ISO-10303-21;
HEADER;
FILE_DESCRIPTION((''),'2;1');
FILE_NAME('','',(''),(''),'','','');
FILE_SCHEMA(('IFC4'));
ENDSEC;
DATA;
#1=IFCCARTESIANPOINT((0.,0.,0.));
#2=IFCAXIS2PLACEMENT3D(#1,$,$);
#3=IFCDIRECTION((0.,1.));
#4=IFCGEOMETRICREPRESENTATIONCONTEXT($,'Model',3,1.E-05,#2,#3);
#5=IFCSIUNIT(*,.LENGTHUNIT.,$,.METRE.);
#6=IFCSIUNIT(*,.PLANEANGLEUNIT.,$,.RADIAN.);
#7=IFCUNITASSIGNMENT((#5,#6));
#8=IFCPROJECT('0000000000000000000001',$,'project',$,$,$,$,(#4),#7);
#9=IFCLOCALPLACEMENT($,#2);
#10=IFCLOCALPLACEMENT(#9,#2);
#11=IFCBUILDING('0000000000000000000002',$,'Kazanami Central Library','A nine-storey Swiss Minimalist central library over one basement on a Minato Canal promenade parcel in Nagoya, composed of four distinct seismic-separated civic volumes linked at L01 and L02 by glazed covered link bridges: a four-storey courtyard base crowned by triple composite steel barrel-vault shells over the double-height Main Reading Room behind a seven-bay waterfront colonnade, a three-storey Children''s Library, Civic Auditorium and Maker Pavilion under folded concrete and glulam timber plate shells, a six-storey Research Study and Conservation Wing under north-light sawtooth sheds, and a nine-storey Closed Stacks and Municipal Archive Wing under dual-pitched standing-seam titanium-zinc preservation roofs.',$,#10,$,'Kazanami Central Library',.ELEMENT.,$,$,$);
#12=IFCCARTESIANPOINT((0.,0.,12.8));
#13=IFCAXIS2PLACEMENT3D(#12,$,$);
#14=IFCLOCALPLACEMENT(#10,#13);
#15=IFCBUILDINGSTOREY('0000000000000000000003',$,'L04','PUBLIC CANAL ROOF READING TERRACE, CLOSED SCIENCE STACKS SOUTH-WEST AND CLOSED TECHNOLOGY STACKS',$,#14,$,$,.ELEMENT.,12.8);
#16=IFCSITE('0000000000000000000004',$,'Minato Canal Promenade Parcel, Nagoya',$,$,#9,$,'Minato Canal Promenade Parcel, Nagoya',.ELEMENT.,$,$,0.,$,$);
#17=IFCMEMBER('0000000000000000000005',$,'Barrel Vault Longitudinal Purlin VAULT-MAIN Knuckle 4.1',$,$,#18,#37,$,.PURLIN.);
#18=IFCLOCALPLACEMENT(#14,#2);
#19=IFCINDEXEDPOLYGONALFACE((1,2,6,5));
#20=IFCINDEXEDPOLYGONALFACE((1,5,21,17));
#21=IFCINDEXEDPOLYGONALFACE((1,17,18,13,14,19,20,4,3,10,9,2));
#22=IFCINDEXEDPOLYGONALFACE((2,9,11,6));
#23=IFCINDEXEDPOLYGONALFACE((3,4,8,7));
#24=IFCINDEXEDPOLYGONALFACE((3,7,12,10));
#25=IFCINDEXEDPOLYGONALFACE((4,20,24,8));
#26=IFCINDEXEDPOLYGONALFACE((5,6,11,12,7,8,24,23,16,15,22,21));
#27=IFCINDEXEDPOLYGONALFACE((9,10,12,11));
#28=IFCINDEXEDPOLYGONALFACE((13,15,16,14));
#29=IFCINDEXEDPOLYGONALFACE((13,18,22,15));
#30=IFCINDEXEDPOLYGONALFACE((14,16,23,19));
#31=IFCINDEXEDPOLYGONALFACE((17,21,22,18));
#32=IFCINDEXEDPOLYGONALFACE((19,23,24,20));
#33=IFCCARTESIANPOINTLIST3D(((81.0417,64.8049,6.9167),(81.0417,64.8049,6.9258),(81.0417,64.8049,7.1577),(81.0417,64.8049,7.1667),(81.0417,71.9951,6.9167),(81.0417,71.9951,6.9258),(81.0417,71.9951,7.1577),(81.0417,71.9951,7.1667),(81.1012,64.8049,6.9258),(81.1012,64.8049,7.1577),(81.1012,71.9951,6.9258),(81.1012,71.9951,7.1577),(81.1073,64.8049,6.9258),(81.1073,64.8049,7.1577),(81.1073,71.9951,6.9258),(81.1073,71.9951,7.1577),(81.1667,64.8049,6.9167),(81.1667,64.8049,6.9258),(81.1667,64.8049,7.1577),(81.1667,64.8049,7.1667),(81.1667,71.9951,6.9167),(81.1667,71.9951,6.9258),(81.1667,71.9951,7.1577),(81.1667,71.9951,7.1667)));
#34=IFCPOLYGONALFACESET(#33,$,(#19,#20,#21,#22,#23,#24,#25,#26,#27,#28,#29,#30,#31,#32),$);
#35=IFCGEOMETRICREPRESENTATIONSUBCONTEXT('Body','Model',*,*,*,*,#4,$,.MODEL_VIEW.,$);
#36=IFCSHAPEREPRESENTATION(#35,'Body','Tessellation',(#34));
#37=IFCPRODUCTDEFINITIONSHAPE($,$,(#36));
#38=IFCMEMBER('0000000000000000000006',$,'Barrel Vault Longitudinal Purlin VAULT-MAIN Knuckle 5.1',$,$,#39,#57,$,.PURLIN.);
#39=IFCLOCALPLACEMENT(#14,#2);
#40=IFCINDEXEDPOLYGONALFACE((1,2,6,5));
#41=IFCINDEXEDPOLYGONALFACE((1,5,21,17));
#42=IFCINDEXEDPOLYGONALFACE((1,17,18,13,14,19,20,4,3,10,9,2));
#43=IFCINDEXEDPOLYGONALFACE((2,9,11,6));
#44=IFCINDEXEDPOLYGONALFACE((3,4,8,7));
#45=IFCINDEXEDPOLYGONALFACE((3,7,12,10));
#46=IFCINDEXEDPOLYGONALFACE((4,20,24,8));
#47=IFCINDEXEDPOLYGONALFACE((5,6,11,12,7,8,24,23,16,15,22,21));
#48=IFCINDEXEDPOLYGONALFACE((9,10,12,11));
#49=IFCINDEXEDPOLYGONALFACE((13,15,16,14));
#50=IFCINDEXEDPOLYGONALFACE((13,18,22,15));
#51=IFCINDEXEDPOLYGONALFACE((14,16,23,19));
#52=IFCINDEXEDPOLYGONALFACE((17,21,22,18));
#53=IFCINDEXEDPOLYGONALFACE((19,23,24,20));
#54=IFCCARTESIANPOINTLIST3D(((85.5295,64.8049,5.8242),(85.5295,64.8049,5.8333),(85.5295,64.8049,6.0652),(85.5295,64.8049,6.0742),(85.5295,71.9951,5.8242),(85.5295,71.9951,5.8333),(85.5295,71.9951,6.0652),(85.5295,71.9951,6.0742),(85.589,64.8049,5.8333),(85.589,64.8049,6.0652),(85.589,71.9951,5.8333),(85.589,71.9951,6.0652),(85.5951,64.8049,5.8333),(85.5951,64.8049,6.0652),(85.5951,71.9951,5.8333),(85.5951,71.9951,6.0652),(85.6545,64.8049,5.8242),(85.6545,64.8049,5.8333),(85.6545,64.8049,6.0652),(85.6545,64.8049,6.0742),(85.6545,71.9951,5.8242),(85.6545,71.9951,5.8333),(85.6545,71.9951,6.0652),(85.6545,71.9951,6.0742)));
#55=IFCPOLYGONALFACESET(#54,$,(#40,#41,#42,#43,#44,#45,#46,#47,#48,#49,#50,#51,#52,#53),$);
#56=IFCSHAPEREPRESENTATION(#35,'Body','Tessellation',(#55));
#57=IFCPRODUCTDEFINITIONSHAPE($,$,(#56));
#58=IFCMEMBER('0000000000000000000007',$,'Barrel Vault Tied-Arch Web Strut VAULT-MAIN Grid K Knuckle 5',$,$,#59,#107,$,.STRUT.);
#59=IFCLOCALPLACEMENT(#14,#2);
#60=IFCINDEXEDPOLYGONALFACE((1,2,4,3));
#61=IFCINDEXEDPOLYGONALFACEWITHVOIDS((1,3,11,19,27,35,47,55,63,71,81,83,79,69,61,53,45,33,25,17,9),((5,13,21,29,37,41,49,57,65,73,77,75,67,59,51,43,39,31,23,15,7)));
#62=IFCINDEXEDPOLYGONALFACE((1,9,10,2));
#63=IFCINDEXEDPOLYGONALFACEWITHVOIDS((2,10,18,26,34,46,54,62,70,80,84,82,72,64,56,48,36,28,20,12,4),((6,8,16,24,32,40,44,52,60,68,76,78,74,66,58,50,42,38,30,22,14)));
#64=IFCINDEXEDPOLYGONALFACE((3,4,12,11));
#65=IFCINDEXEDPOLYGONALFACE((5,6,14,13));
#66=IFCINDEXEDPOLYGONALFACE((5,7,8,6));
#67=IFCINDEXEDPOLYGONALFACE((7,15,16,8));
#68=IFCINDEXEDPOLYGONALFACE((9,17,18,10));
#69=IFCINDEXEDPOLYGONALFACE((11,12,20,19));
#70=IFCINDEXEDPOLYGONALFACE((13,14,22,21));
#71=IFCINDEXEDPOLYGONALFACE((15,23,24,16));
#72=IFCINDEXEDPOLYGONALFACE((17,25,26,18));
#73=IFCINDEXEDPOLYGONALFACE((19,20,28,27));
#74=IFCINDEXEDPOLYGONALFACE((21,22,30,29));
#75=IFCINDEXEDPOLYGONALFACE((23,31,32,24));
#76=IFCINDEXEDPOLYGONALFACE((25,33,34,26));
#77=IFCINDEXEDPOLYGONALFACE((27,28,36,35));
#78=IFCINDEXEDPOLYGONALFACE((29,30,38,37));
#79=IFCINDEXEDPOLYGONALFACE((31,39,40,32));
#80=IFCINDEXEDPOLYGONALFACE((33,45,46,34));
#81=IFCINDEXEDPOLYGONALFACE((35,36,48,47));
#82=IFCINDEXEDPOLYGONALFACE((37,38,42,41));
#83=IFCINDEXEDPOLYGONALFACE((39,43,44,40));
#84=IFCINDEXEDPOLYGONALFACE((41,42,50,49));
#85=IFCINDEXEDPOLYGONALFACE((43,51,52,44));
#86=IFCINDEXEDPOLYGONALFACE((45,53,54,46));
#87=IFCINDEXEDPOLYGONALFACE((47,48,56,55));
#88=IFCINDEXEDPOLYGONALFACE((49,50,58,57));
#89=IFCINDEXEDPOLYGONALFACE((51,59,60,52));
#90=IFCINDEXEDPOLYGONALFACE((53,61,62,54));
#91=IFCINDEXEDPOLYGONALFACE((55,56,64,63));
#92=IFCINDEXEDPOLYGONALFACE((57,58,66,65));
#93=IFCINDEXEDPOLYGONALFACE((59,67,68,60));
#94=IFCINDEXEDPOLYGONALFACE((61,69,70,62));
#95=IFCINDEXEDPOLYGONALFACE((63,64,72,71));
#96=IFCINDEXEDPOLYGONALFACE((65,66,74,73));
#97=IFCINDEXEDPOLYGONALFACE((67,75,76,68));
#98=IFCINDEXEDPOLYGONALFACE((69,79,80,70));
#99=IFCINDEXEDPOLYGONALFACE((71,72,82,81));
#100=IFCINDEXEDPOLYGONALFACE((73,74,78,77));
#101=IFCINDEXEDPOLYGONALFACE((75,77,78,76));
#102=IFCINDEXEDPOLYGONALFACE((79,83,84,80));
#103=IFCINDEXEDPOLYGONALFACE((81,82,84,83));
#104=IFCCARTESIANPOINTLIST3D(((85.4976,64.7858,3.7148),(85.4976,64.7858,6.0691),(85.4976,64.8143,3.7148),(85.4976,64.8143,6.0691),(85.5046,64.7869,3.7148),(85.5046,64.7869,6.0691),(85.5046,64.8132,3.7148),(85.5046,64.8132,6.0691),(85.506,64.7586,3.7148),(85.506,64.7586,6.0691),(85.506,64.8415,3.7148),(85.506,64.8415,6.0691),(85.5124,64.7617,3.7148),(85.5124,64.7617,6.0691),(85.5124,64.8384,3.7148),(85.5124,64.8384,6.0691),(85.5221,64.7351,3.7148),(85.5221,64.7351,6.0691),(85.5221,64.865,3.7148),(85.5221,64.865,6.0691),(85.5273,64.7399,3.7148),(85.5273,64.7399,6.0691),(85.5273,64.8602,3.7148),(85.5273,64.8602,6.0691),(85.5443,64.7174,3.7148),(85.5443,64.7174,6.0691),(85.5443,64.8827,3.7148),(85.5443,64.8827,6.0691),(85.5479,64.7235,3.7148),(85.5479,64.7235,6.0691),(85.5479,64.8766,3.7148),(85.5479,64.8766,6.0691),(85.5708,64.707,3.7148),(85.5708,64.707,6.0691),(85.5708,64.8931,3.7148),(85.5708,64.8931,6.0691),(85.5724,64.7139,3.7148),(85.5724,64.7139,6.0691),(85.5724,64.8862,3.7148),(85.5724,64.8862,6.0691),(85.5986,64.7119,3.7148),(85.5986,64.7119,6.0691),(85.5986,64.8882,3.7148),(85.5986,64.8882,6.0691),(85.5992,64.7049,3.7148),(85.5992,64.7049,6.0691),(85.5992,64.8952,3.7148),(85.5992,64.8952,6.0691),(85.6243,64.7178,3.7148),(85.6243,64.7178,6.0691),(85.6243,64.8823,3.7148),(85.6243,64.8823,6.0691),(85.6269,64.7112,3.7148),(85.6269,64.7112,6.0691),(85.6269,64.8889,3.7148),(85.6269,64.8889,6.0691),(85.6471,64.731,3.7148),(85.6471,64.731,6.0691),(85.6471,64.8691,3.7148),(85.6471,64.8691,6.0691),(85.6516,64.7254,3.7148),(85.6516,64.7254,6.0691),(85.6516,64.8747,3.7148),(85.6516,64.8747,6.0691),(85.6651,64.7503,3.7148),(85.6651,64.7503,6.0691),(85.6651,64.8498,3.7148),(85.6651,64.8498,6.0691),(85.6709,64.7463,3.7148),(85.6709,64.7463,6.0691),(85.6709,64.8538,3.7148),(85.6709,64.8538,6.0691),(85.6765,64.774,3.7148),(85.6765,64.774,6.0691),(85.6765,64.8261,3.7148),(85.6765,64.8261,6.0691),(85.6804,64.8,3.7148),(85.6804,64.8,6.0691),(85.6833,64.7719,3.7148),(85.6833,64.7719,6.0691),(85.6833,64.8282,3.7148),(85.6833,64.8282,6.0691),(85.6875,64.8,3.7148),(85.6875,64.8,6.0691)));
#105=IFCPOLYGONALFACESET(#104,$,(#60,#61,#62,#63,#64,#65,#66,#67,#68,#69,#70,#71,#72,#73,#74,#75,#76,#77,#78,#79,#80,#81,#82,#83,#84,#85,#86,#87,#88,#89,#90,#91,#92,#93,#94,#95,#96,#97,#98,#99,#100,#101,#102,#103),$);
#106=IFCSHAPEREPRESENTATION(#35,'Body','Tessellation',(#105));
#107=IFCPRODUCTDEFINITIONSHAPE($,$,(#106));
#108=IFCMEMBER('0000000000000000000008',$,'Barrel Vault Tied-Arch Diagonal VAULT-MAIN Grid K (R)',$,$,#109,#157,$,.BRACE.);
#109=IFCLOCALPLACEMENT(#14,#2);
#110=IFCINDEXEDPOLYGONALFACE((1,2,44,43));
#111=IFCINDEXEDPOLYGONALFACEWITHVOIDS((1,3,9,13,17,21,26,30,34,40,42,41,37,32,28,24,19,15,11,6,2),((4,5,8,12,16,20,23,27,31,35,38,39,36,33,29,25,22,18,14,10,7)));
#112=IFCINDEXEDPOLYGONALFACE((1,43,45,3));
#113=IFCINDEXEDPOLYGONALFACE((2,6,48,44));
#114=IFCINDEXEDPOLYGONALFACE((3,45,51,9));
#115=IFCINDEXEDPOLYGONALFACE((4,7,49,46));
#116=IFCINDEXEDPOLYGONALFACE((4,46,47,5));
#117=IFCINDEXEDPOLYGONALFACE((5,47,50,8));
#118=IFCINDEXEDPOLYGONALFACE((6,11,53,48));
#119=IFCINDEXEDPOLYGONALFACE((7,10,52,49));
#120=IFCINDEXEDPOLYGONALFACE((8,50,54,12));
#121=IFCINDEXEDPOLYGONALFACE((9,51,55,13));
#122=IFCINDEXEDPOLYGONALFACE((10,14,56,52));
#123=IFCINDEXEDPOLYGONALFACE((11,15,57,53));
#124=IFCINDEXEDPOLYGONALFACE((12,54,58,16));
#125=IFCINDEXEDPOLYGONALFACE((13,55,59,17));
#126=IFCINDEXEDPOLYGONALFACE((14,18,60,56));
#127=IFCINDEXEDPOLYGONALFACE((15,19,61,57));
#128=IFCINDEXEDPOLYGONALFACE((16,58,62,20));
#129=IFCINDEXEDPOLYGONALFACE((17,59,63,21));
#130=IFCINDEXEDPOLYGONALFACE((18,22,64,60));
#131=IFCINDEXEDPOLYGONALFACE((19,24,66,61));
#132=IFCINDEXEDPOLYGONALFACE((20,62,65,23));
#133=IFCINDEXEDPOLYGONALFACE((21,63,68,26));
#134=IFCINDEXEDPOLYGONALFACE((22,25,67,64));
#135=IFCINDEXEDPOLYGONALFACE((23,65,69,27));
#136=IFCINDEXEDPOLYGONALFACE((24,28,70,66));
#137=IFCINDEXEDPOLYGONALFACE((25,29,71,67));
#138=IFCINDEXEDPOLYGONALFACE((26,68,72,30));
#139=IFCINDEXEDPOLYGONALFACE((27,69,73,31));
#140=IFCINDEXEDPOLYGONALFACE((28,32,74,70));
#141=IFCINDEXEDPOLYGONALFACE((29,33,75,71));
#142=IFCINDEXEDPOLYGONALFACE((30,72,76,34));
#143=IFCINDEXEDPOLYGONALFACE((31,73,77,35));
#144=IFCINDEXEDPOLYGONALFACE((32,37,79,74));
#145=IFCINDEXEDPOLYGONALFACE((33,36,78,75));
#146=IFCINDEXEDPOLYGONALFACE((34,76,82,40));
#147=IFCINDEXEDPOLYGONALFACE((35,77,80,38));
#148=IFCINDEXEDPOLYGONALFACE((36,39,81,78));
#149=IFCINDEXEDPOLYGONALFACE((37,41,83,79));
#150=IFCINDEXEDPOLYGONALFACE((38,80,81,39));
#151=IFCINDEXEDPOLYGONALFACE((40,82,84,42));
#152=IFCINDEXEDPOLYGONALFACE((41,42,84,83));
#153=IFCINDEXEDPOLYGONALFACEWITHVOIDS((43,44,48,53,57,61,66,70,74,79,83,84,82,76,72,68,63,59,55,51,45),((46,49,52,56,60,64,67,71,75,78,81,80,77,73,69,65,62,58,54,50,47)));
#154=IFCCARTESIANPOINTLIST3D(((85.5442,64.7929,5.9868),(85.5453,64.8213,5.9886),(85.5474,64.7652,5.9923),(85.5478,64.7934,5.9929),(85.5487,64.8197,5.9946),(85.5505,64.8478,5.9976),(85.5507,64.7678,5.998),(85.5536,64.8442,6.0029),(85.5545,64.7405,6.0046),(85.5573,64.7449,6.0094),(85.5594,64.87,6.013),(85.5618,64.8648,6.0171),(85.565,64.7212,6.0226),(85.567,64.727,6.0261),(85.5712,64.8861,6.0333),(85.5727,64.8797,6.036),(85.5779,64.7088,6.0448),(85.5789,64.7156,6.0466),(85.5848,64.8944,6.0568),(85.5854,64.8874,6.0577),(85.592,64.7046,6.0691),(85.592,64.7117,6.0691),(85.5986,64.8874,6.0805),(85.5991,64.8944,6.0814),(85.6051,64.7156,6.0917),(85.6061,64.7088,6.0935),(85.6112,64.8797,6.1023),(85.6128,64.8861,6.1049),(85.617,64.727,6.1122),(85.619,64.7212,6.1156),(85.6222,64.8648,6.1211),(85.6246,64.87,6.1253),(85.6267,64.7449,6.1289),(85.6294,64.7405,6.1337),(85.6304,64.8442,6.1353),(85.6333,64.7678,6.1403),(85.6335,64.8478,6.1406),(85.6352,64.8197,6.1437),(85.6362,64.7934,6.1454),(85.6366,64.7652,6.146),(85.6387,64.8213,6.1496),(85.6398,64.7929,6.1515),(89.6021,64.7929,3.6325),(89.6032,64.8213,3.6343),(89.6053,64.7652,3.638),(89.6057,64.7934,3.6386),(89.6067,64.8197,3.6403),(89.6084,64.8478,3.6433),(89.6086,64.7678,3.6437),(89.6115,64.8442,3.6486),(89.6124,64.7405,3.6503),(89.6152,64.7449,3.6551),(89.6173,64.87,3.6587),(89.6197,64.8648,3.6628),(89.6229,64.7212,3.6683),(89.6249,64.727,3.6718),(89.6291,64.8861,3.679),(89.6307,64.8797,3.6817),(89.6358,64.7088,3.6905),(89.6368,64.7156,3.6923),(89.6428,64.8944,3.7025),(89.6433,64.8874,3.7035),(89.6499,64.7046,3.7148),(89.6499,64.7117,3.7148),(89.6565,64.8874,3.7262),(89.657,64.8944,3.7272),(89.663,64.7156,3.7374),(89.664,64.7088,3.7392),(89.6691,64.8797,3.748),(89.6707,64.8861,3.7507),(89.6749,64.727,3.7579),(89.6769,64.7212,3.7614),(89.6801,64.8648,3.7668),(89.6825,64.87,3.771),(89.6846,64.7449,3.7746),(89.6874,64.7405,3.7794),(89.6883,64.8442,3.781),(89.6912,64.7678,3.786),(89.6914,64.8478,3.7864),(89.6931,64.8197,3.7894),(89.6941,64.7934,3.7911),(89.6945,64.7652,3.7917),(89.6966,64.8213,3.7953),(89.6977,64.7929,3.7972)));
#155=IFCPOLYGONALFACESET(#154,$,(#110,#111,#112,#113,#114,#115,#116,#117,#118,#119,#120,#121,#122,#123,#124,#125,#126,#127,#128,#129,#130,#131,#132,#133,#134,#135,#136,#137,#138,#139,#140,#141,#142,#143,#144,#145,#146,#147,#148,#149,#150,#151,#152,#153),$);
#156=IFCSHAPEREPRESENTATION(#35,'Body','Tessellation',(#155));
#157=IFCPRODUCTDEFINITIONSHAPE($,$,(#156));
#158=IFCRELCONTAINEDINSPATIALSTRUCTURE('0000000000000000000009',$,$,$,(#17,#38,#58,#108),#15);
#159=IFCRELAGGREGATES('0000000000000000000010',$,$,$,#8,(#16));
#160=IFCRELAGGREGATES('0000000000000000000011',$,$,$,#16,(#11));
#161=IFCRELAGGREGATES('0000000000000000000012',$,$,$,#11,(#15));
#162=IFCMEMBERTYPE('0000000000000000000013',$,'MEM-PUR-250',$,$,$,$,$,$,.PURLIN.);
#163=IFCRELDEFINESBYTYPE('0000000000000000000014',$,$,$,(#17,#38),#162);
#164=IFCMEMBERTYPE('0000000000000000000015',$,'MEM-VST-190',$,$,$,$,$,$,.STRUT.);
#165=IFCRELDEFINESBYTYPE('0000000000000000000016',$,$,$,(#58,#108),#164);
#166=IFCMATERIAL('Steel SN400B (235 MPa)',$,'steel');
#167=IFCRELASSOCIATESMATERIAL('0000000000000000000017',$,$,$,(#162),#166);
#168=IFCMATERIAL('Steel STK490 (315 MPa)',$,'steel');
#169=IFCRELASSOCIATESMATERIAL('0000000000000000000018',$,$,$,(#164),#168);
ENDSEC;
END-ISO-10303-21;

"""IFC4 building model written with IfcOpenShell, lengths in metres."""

from ifc_helpers import new_model, si_unit, direction, frame, origin, origin_2d, place, context, subcontext, project, spatial, hollow_circle, i_section, extrude, material, material_profile, profile_set, type_object, element, save


model = new_model("IFC4")

# Units and contexts
model_context = context("Model", 3, precision=1e-05, world=origin(), true_north=direction((0.0, 1.0)))
body_context = subcontext(model_context, "Body", "Model", "MODEL_VIEW")
ifc_project = project(units=[si_unit("LENGTHUNIT", "METRE"), si_unit("PLANEANGLEUNIT", "RADIAN")], contexts=[model_context])

# Site, building, storey
site_placement = place(None, origin())
site = spatial("IfcSite", under=ifc_project, at=site_placement, Name="Minato Canal Promenade Parcel, Nagoya", LongName="Minato Canal Promenade Parcel, Nagoya", CompositionType="ELEMENT", RefElevation=0.0)
building_placement = place(site_placement, origin())
building = spatial("IfcBuilding", under=site, at=building_placement, Name="Kazanami Central Library", Description="A nine-storey Swiss Minimalist central library over one basement on a Minato Canal promenade parcel in Nagoya, composed of four distinct seismic-separated civic volumes linked at L01 and L02 by glazed covered link bridges: a four-storey courtyard base crowned by triple composite steel barrel-vault shells over the double-height Main Reading Room behind a seven-bay waterfront colonnade, a three-storey Children's Library, Civic Auditorium and Maker Pavilion under folded concrete and glulam timber plate shells, a six-storey Research Study and Conservation Wing under north-light sawtooth sheds, and a nine-storey Closed Stacks and Municipal Archive Wing under dual-pitched standing-seam titanium-zinc preservation roofs.", LongName="Kazanami Central Library", CompositionType="ELEMENT")
storey_placement = place(building_placement, frame((0.0, 0.0, 12.8)))
storey = spatial("IfcBuildingStorey", under=building, at=storey_placement, Name="L04", Description="PUBLIC CANAL ROOF READING TERRACE, CLOSED SCIENCE STACKS SOUTH-WEST AND CLOSED TECHNOLOGY STACKS", CompositionType="ELEMENT", Elevation=12.8)

# Members
ifc_material_1 = material(Name="Steel SN400B (235 MPa)", Category="steel")
ifc_material_profile_1 = material_profile(ifc_material_1, i_section(OverallWidth=0.125, OverallDepth=0.25, WebThickness=0.0061, FlangeThickness=0.009, at=origin_2d()), Name="H-250x125x6x9")
ifc_profile_set_1 = profile_set([ifc_material_profile_1], Name="Steel SN400B (235 MPa)")
member_type_1 = type_object("IfcMemberType", Name="MEM-PUR-250", PredefinedType="PURLIN", material=ifc_profile_set_1)
for number, where, z_axis, x_axis, name in (
    (1, (81.1042, 64.8049, 7.0417), (0.0, 1.0, 0.0), (-1.0, 0.0, 0.0), "Barrel Vault Longitudinal Purlin VAULT-MAIN Knuckle 4.1"),
    (2, (85.592, 64.8049, 5.9492), (0.0, 1.0, 0.0), (-1.0, 0.0, 0.0), "Barrel Vault Longitudinal Purlin VAULT-MAIN Knuckle 5.1"),
):
    element("IfcMember", number, at=place(storey_placement, frame(where, z_axis=z_axis, x_axis=x_axis)), inside=storey, type_object=member_type_1, Name=name, PredefinedType="PURLIN", context=body_context, shape_type="SweptSolid", body=[
        extrude(i_section(OverallWidth=0.125, OverallDepth=0.25, WebThickness=0.0061, FlangeThickness=0.009, at=origin_2d()), origin(), (0.0, 0.0, 1.0), 7.1902),
    ])
ifc_material_2 = material(Name="Steel STK490 (315 MPa)", Category="steel")
ifc_material_profile_2 = material_profile(ifc_material_2, hollow_circle(Radius=0.0955, WallThickness=0.0071, at=origin_2d()), Name="CHS-190.7x7.0")
ifc_profile_set_2 = profile_set([ifc_material_profile_2], Name="Steel STK490 (315 MPa)")
member_type_2 = type_object("IfcMemberType", Name="MEM-VST-190", PredefinedType="STRUT", material=ifc_profile_set_2)
member_1_placement = place(storey_placement, frame((85.592, 64.8, 3.7148), z_axis=(0.0, 0.0, 1.0), x_axis=(1.0, 0.0, 0.0)))
element("IfcMember", 3, at=member_1_placement, inside=storey, type_object=member_type_2, Name="Barrel Vault Tied-Arch Web Strut VAULT-MAIN Grid K Knuckle 5", PredefinedType="STRUT", context=body_context, shape_type="SweptSolid", body=[
    extrude(hollow_circle(Radius=0.0955, WallThickness=0.0071, at=origin_2d()), origin(), (0.0, 0.0, 1.0), 2.3542),
])
member_2_placement = place(storey_placement, frame((89.6499, 64.8, 3.7148), z_axis=(-0.864967, 0.0, 0.501828), x_axis=(0.0, -1.0, 0.0)))
element("IfcMember", 4, at=member_2_placement, inside=storey, type_object=member_type_2, Name="Barrel Vault Tied-Arch Diagonal VAULT-MAIN Grid K (R)", PredefinedType="BRACE", context=body_context, shape_type="SweptSolid", body=[
    extrude(hollow_circle(Radius=0.0955, WallThickness=0.0071, at=origin_2d()), origin(), (0.0, 0.0, 1.0), 4.6914),
])

save(model, "model.ifc")
